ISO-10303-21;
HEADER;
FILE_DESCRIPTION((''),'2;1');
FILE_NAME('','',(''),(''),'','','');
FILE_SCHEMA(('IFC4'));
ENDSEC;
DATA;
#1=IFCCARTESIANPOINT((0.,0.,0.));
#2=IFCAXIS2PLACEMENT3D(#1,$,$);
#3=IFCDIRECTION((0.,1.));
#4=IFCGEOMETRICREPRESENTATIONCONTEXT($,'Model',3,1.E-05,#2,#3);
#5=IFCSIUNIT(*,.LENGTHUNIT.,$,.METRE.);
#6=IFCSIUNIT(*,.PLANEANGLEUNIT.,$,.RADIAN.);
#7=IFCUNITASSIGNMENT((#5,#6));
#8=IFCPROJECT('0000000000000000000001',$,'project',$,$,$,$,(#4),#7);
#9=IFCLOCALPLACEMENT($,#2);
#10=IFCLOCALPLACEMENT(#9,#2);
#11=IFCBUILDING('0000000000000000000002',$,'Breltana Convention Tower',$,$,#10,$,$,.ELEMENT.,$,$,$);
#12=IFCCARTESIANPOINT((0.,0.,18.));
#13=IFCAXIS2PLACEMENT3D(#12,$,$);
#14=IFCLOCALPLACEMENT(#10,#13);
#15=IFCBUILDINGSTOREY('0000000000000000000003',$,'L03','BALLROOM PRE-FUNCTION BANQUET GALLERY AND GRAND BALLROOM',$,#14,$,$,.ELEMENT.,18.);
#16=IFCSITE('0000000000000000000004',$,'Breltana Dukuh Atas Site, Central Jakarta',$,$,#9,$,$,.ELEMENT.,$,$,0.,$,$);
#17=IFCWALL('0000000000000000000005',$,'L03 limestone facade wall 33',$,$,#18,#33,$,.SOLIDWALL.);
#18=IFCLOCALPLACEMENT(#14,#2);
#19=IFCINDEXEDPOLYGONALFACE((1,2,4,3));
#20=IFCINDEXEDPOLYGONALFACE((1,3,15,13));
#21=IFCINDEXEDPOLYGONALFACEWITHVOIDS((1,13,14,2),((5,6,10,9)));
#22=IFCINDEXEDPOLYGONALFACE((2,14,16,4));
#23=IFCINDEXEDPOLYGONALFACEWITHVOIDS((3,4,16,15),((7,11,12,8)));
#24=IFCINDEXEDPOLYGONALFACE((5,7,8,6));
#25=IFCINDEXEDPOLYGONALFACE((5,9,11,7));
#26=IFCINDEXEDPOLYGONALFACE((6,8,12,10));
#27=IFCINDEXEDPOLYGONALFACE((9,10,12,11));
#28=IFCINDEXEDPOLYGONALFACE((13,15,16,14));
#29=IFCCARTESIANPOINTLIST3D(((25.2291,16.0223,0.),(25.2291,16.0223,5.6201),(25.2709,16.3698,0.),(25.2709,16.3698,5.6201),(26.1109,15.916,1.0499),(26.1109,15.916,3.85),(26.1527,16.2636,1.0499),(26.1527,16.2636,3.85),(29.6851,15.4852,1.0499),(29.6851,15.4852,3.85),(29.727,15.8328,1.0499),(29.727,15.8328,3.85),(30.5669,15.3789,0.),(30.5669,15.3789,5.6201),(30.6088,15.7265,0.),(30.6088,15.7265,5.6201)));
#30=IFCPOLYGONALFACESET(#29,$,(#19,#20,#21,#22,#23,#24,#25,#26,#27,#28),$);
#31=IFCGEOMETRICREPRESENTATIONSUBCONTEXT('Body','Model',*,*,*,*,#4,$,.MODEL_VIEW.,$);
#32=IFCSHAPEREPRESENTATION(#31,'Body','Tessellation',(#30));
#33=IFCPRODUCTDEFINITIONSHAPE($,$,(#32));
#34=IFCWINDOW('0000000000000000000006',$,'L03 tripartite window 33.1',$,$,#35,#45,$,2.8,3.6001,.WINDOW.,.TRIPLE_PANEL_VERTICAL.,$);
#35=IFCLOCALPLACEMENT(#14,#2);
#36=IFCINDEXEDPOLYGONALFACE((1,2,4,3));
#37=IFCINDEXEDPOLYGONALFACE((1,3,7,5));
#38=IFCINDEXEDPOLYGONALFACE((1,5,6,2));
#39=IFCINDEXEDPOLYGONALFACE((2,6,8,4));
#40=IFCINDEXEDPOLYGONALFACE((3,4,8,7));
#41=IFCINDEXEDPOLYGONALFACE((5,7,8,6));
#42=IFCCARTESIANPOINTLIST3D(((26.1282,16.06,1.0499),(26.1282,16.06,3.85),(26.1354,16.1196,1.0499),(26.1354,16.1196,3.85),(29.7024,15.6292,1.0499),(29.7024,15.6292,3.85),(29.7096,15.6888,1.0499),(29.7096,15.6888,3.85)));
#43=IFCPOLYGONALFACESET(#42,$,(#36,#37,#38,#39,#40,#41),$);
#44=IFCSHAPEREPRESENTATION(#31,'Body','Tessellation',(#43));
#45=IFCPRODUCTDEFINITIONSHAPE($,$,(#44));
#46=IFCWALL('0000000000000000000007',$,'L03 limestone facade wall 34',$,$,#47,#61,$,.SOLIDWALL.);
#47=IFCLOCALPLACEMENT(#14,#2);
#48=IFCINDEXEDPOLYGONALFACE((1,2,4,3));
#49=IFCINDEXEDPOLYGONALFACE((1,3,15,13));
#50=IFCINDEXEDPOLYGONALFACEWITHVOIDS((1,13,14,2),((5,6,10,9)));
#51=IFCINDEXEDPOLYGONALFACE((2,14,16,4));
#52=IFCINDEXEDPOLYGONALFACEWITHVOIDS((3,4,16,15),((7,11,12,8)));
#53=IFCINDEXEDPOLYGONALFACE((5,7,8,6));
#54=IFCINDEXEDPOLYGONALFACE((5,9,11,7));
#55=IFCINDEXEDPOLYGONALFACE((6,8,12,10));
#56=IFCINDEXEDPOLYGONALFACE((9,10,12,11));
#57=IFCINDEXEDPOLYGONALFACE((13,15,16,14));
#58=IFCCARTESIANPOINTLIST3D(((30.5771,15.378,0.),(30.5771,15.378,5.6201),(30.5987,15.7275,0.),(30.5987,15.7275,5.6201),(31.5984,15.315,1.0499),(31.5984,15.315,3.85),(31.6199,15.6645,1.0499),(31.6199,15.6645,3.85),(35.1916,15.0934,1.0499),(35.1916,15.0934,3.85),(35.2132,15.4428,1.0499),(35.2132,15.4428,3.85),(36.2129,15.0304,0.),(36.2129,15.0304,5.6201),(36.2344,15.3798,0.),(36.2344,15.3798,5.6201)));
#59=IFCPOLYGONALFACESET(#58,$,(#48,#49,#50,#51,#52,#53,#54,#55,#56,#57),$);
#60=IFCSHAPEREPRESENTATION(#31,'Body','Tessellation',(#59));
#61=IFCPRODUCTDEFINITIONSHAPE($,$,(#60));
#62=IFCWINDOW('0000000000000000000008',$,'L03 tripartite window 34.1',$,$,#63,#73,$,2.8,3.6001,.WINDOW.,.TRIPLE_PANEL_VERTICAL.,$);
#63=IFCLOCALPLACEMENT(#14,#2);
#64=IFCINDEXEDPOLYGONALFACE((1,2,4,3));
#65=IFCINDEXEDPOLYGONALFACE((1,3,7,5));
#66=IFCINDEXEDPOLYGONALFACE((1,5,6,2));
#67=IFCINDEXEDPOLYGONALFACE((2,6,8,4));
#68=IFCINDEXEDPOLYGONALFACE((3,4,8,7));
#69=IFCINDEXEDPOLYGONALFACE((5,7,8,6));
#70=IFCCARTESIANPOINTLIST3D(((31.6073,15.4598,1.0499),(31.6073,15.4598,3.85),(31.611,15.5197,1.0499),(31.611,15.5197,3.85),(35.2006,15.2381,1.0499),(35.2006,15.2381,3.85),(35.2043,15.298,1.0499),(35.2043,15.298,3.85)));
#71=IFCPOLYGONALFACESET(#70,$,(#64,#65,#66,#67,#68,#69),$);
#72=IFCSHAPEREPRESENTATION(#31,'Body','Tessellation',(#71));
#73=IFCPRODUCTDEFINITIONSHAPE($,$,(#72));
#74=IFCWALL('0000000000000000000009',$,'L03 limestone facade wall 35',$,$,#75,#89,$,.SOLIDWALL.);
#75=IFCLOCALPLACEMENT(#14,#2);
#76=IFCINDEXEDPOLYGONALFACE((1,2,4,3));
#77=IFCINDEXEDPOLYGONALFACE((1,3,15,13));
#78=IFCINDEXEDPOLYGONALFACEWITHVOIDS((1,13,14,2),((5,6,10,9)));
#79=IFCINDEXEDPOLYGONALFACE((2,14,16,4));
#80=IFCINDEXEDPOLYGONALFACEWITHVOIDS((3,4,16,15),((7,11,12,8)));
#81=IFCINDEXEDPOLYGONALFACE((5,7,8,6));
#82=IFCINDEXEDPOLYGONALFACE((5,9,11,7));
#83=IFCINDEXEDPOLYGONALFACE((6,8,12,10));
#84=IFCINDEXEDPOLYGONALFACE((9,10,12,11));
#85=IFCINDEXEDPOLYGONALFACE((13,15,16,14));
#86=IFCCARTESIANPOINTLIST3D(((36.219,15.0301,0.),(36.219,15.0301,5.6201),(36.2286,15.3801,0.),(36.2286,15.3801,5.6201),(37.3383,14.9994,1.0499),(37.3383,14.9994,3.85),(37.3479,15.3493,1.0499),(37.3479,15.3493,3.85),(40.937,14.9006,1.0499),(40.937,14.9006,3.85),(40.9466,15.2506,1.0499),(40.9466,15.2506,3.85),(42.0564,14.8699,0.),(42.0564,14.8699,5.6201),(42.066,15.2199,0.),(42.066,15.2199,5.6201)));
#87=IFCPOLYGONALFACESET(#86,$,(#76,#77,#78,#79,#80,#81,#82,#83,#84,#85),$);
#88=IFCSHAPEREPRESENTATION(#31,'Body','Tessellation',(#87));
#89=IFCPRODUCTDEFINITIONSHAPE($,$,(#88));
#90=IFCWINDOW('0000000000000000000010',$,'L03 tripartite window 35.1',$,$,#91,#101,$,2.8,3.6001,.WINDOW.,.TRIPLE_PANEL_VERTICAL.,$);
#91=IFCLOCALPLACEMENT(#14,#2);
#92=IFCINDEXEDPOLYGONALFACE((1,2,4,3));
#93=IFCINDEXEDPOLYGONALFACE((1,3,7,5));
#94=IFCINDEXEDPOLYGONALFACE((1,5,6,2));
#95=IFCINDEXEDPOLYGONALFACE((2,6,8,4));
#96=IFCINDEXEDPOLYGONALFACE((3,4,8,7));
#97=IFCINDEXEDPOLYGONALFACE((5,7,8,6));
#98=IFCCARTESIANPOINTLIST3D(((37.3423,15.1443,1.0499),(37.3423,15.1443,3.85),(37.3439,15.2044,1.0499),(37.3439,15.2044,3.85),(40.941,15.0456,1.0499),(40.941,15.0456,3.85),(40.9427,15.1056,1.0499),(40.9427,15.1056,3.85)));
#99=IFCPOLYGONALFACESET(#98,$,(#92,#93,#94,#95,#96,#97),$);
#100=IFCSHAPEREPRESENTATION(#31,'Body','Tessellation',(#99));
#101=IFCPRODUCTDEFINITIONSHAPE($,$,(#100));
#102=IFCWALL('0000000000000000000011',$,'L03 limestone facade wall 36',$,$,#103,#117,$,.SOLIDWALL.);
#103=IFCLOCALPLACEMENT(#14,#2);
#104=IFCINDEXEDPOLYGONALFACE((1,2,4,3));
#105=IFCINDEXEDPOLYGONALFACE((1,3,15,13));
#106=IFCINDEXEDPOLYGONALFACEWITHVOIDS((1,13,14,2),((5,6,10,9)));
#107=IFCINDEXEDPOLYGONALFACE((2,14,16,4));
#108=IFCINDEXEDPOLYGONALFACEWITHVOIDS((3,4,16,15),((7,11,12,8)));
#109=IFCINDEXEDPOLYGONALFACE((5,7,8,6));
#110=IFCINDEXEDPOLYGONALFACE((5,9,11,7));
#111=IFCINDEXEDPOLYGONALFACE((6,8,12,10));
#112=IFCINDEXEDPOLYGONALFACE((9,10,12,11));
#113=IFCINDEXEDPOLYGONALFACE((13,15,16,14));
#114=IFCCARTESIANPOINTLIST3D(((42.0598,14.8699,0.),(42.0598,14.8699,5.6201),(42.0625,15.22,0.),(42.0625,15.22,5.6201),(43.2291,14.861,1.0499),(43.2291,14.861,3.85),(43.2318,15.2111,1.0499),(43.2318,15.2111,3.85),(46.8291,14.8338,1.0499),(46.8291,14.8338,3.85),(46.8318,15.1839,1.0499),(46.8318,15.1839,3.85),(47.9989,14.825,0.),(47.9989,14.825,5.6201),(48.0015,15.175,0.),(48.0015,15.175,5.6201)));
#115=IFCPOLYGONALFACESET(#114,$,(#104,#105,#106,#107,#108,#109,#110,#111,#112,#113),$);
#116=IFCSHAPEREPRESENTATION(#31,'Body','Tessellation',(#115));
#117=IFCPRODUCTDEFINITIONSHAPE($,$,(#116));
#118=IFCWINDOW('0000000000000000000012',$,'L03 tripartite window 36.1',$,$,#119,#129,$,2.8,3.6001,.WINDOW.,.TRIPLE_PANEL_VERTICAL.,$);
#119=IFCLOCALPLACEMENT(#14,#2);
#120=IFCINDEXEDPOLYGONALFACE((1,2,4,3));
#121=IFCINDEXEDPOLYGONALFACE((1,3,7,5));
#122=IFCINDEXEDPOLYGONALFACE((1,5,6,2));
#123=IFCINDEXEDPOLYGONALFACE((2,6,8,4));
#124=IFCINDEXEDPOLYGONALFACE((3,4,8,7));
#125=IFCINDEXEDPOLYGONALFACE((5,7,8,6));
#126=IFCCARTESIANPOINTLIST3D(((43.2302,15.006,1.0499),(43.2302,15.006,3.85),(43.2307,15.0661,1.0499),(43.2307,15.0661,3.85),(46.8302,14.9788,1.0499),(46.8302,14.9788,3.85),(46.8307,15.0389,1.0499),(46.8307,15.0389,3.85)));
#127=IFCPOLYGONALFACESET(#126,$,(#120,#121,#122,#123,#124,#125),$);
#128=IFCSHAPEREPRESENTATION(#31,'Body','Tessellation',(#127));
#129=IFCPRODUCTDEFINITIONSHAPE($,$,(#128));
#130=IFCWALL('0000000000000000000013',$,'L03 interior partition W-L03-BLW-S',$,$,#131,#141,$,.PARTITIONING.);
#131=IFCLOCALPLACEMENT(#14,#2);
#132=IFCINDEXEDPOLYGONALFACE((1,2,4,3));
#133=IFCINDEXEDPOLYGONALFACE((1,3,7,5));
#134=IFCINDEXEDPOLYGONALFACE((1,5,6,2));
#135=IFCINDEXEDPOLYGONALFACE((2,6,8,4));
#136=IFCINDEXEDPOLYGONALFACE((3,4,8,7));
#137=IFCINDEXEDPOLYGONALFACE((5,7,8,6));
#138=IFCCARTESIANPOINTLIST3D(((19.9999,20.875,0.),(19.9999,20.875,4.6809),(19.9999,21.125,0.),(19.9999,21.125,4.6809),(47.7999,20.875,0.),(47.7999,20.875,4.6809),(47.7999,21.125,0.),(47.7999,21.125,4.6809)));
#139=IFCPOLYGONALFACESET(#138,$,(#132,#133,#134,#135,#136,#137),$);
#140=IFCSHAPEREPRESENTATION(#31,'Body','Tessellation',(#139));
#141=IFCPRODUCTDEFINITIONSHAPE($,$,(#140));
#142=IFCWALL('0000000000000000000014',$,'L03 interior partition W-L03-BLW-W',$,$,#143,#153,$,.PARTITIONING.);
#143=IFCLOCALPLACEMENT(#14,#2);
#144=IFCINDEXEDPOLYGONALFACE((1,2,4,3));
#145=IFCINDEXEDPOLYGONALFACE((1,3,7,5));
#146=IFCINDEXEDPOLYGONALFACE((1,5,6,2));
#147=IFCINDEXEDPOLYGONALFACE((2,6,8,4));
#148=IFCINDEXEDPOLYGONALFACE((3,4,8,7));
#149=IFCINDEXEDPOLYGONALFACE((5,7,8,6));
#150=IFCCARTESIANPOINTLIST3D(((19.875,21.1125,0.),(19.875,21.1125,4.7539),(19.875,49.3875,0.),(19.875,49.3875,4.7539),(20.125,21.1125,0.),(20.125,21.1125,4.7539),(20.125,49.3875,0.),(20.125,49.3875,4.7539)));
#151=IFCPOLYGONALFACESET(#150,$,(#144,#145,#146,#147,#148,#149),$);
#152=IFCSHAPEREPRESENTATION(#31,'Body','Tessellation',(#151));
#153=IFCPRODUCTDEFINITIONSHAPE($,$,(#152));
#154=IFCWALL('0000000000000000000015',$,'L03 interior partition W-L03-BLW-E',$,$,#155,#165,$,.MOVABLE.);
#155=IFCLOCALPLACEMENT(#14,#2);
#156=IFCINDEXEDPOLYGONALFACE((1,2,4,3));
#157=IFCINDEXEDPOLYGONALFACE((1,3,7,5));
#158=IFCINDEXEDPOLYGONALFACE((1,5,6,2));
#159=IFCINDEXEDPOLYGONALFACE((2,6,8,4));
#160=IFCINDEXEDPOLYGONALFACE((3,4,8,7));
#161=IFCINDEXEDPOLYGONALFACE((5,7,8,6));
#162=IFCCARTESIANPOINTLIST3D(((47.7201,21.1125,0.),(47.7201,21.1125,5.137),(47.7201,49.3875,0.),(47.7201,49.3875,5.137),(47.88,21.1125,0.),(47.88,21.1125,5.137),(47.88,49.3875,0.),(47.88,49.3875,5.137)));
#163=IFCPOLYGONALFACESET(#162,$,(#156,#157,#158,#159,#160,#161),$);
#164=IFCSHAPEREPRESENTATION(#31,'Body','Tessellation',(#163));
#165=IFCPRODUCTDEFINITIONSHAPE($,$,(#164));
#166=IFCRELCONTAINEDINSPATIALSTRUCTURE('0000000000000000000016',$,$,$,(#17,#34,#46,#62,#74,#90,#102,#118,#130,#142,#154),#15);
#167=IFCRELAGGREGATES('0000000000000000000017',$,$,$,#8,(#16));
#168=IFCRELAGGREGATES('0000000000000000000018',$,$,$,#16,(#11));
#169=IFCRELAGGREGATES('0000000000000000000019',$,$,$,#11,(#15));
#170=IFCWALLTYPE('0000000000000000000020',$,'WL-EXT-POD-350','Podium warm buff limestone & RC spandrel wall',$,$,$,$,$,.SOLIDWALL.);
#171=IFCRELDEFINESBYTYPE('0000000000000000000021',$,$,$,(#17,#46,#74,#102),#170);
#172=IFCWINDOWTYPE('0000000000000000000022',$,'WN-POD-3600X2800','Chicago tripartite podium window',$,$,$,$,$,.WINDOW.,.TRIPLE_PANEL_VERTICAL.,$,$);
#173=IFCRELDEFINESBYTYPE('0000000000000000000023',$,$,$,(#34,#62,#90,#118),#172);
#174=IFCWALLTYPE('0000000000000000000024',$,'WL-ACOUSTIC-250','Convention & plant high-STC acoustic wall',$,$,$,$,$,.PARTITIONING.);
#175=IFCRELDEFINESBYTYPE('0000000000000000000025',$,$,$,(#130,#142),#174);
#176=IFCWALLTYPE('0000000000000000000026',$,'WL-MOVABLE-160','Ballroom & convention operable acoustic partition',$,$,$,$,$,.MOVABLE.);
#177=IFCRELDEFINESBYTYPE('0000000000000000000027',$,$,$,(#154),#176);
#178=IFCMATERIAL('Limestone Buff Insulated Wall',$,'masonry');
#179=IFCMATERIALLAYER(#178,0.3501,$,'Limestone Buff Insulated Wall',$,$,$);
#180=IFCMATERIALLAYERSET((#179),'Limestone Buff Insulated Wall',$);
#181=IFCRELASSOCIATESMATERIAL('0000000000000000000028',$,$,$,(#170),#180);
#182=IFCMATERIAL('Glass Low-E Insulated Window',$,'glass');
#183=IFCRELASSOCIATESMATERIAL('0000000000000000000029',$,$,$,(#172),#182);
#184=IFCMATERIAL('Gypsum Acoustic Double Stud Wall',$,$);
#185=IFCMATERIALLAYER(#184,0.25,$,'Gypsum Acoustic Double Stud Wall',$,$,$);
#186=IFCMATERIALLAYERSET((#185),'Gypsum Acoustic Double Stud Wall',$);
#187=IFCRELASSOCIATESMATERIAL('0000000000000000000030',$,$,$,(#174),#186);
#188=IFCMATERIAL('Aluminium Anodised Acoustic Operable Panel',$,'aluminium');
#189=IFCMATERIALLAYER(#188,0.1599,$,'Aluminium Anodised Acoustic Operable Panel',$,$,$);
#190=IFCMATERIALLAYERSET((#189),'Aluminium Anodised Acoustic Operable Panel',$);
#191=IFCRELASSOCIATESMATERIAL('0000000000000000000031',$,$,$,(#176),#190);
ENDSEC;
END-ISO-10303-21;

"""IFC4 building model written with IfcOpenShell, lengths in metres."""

from ifc_helpers import new_model, si_unit, direction, frame, frame_2d, origin, place, context, subcontext, project, spatial, rectangle, extrude, source, transform, mapped, material, layer, layer_set, type_object, type_shapes, element, fill, save


model = new_model("IFC4")

# Units and contexts
model_context = context("Model", 3, precision=1e-05, world=origin(), true_north=direction((0.0, 1.0)))
body_context = subcontext(model_context, "Body", "Model", "MODEL_VIEW")
ifc_project = project(units=[si_unit("LENGTHUNIT", "METRE"), si_unit("PLANEANGLEUNIT", "RADIAN")], contexts=[model_context])

# Site, building, storey
site_placement = place(None, origin())
site = spatial("IfcSite", under=ifc_project, at=site_placement, Name="Breltana Dukuh Atas Site, Central Jakarta", CompositionType="ELEMENT", RefElevation=0.0)
building_placement = place(site_placement, origin())
building = spatial("IfcBuilding", under=site, at=building_placement, Name="Breltana Convention Tower", CompositionType="ELEMENT")
storey_placement = place(building_placement, frame((0.0, 0.0, 18.0)))
storey = spatial("IfcBuildingStorey", under=building, at=storey_placement, Name="L03", Description="BALLROOM PRE-FUNCTION BANQUET GALLERY AND GRAND BALLROOM", CompositionType="ELEMENT", Elevation=18.0)

# Shared definitions
ifc_material_1 = material(Name="Limestone Buff Insulated Wall", Category="masonry")
ifc_layer_1 = layer(ifc_material_1, 0.3501, Name="Limestone Buff Insulated Wall")
ifc_layer_set_1 = layer_set([ifc_layer_1], Name="Limestone Buff Insulated Wall")
wall_type_1 = type_object("IfcWallType", Name="WL-EXT-POD-350", Description="Podium warm buff limestone & RC spandrel wall", PredefinedType="SOLIDWALL", material=ifc_layer_set_1)

# Walls, openings, windows
ifc_material_2 = material(Name="Glass Low-E Insulated Window", Category="glass")
shared_shape_1 = source(origin(), body_context, "Body", "SweptSolid", [
    extrude(rectangle(XDim=5.3765, YDim=0.3501, at=frame_2d((2.6882, 0.0))), origin(), (0.0, 0.0, 1.0), 5.6201),
])
wall_1_placement = place(storey_placement, frame((25.25, 16.196, 0.0), z_axis=(0.0, 0.0, 1.0), x_axis=(0.992816, -0.119652, 0.0)))
wall_1 = element("IfcWall", 1, at=wall_1_placement, inside=storey, type_object=wall_type_1, Name="L03 limestone facade wall 33", PredefinedType="SOLIDWALL", context=body_context, shape_type="MappedRepresentation", body=[
    mapped(shared_shape_1, transform((0.0, 0.0, 0.0), scale=1.0)),
])
opening_1_placement = place(wall_1_placement, frame((0.8882, 0.0, 1.05)))
opening_1 = element("IfcOpeningElement", 2, at=opening_1_placement, cuts=wall_1, PredefinedType="OPENING", context=body_context, shape_type="SweptSolid", body=[
    extrude(rectangle(XDim=3.6001, YDim=2.8, at=frame_2d((1.8, 1.3999))), frame((0.0, 0.1851, 0.0), z_axis=(0.0, -1.0, 0.0), x_axis=(1.0, 0.0, 0.0)), (0.0, 0.0, 1.0), 0.3701),
])
window_type_1 = type_object("IfcWindowType", Name="WN-POD-3600X2800", Description="Chicago tripartite podium window", PartitioningType="TRIPLE_PANEL_VERTICAL", PredefinedType="WINDOW", material=ifc_material_2)
shared_shape_2 = source(origin(), body_context, "Body", "SweptSolid", [
    extrude(rectangle(XDim=3.6001, YDim=2.8, at=frame_2d((1.8, 1.3999))), frame((0.0, 0.03, 0.0), z_axis=(0.0, -1.0, 0.0), x_axis=(1.0, 0.0, 0.0)), (0.0, 0.0, 1.0), 0.0601),
])
type_shapes(window_type_1, [shared_shape_2])
window_1_placement = place(opening_1_placement, origin())
window_1 = element("IfcWindow", 3, at=window_1_placement, inside=storey, type_object=window_type_1, Name="L03 tripartite window 33.1", OverallHeight=2.8, OverallWidth=3.6001, PartitioningType="TRIPLE_PANEL_VERTICAL", PredefinedType="WINDOW", context=body_context, shape_type="MappedRepresentation", body=[
    mapped(shared_shape_2, transform((0.0, 0.0, 0.0), scale=1.0)),
])
fill(opening_1, window_1)
shared_shape_3 = source(origin(), body_context, "Body", "SweptSolid", [
    extrude(rectangle(XDim=5.6465, YDim=0.3501, at=frame_2d((2.8232, 0.0))), origin(), (0.0, 0.0, 1.0), 5.6201),
])
wall_2_placement = place(storey_placement, frame((30.5879, 15.5527, 0.0), z_axis=(0.0, 0.0, 1.0), x_axis=(0.998103, -0.061571, 0.0)))
wall_2 = element("IfcWall", 4, at=wall_2_placement, inside=storey, type_object=wall_type_1, Name="L03 limestone facade wall 34", PredefinedType="SOLIDWALL", context=body_context, shape_type="MappedRepresentation", body=[
    mapped(shared_shape_3, transform((0.0, 0.0, 0.0), scale=1.0)),
])
opening_2_placement = place(wall_2_placement, frame((1.0232, 0.0, 1.05)))
opening_2 = element("IfcOpeningElement", 5, at=opening_2_placement, cuts=wall_2, PredefinedType="OPENING", context=body_context, shape_type="SweptSolid", body=[
    extrude(rectangle(XDim=3.6001, YDim=2.8, at=frame_2d((1.8, 1.3999))), frame((0.0, 0.1851, 0.0), z_axis=(0.0, -1.0, 0.0), x_axis=(1.0, 0.0, 0.0)), (0.0, 0.0, 1.0), 0.3701),
])
window_2_placement = place(opening_2_placement, origin())
window_2 = element("IfcWindow", 6, at=window_2_placement, inside=storey, type_object=window_type_1, Name="L03 tripartite window 34.1", OverallHeight=2.8, OverallWidth=3.6001, PartitioningType="TRIPLE_PANEL_VERTICAL", PredefinedType="WINDOW", context=body_context, shape_type="MappedRepresentation", body=[
    mapped(shared_shape_2, transform((0.0, 0.0, 0.0), scale=1.0)),
])
fill(opening_2, window_2)
shared_shape_4 = source(origin(), body_context, "Body", "SweptSolid", [
    extrude(rectangle(XDim=5.8396, YDim=0.3501, at=frame_2d((2.9199, 0.0))), origin(), (0.0, 0.0, 1.0), 5.6201),
])
wall_3_placement = place(storey_placement, frame((36.2236, 15.2051, 0.0), z_axis=(0.0, 0.0, 1.0), x_axis=(0.999624, -0.027426, 0.0)))
wall_3 = element("IfcWall", 7, at=wall_3_placement, inside=storey, type_object=wall_type_1, Name="L03 limestone facade wall 35", PredefinedType="SOLIDWALL", context=body_context, shape_type="MappedRepresentation", body=[
    mapped(shared_shape_4, transform((0.0, 0.0, 0.0), scale=1.0)),
])
opening_3_placement = place(wall_3_placement, frame((1.1199, 0.0, 1.05)))
opening_3 = element("IfcOpeningElement", 8, at=opening_3_placement, cuts=wall_3, PredefinedType="OPENING", context=body_context, shape_type="SweptSolid", body=[
    extrude(rectangle(XDim=3.6001, YDim=2.8, at=frame_2d((1.8, 1.3999))), frame((0.0, 0.1851, 0.0), z_axis=(0.0, -1.0, 0.0), x_axis=(1.0, 0.0, 0.0)), (0.0, 0.0, 1.0), 0.3701),
])
window_3_placement = place(opening_3_placement, origin())
window_3 = element("IfcWindow", 9, at=window_3_placement, inside=storey, type_object=window_type_1, Name="L03 tripartite window 35.1", OverallHeight=2.8, OverallWidth=3.6001, PartitioningType="TRIPLE_PANEL_VERTICAL", PredefinedType="WINDOW", context=body_context, shape_type="MappedRepresentation", body=[
    mapped(shared_shape_2, transform((0.0, 0.0, 0.0), scale=1.0)),
])
fill(opening_3, window_3)
shared_shape_5 = source(origin(), body_context, "Body", "SweptSolid", [
    extrude(rectangle(XDim=5.9392, YDim=0.3501, at=frame_2d((2.9697, 0.0))), origin(), (0.0, 0.0, 1.0), 5.6201),
])
wall_4_placement = place(storey_placement, frame((42.061, 15.0449, 0.0), z_axis=(0.0, 0.0, 1.0), x_axis=(0.999971, -0.007564, 0.0)))
wall_4 = element("IfcWall", 10, at=wall_4_placement, inside=storey, type_object=wall_type_1, Name="L03 limestone facade wall 36", PredefinedType="SOLIDWALL", context=body_context, shape_type="MappedRepresentation", body=[
    mapped(shared_shape_5, transform((0.0, 0.0, 0.0), scale=1.0)),
])
opening_4_placement = place(wall_4_placement, frame((1.1694, 0.0, 1.05)))
opening_4 = element("IfcOpeningElement", 11, at=opening_4_placement, cuts=wall_4, PredefinedType="OPENING", context=body_context, shape_type="SweptSolid", body=[
    extrude(rectangle(XDim=3.6001, YDim=2.8, at=frame_2d((1.8, 1.3999))), frame((0.0, 0.1851, 0.0), z_axis=(0.0, -1.0, 0.0), x_axis=(1.0, 0.0, 0.0)), (0.0, 0.0, 1.0), 0.3701),
])
window_4_placement = place(opening_4_placement, origin())
window_4 = element("IfcWindow", 12, at=window_4_placement, inside=storey, type_object=window_type_1, Name="L03 tripartite window 36.1", OverallHeight=2.8, OverallWidth=3.6001, PartitioningType="TRIPLE_PANEL_VERTICAL", PredefinedType="WINDOW", context=body_context, shape_type="MappedRepresentation", body=[
    mapped(shared_shape_2, transform((0.0, 0.0, 0.0), scale=1.0)),
])
fill(opening_4, window_4)

# Walls
ifc_material_3 = material(Name="Gypsum Acoustic Double Stud Wall")
ifc_layer_2 = layer(ifc_material_3, 0.25, Name="Gypsum Acoustic Double Stud Wall")
ifc_layer_set_2 = layer_set([ifc_layer_2], Name="Gypsum Acoustic Double Stud Wall")
wall_type_2 = type_object("IfcWallType", Name="WL-ACOUSTIC-250", Description="Convention & plant high-STC acoustic wall", PredefinedType="PARTITIONING", material=ifc_layer_set_2)
shared_shape_6 = source(origin(), body_context, "Body", "SweptSolid", [
    extrude(rectangle(XDim=27.8, YDim=0.25, at=frame_2d((13.8999, 0.0))), origin(), (0.0, 0.0, 1.0), 4.6809),
])
wall_5_placement = place(storey_placement, frame((20.0, 21.0, 0.0), z_axis=(0.0, 0.0, 1.0), x_axis=(1.0, 0.0, 0.0)))
element("IfcWall", 13, at=wall_5_placement, inside=storey, type_object=wall_type_2, Name="L03 interior partition W-L03-BLW-S", PredefinedType="PARTITIONING", context=body_context, shape_type="MappedRepresentation", body=[
    mapped(shared_shape_6, transform((0.0, 0.0, 0.0), scale=1.0)),
])
shared_shape_7 = source(origin(), body_context, "Body", "SweptSolid", [
    extrude(rectangle(XDim=28.2749, YDim=0.25, at=frame_2d((14.1375, 0.0))), origin(), (0.0, 0.0, 1.0), 4.7539),
])
wall_6_placement = place(storey_placement, frame((20.0, 21.1125, 0.0), z_axis=(0.0, 0.0, 1.0), x_axis=(0.0, 1.0, 0.0)))
element("IfcWall", 14, at=wall_6_placement, inside=storey, type_object=wall_type_2, Name="L03 interior partition W-L03-BLW-W", PredefinedType="PARTITIONING", context=body_context, shape_type="MappedRepresentation", body=[
    mapped(shared_shape_7, transform((0.0, 0.0, 0.0), scale=1.0)),
])
ifc_material_4 = material(Name="Aluminium Anodised Acoustic Operable Panel", Category="aluminium")
ifc_layer_3 = layer(ifc_material_4, 0.1599, Name="Aluminium Anodised Acoustic Operable Panel")
ifc_layer_set_3 = layer_set([ifc_layer_3], Name="Aluminium Anodised Acoustic Operable Panel")
wall_type_3 = type_object("IfcWallType", Name="WL-MOVABLE-160", Description="Ballroom & convention operable acoustic partition", PredefinedType="MOVABLE", material=ifc_layer_set_3)
shared_shape_8 = source(origin(), body_context, "Body", "SweptSolid", [
    extrude(rectangle(XDim=28.2749, YDim=0.1599, at=frame_2d((14.1375, 0.0))), origin(), (0.0, 0.0, 1.0), 5.137),
])
wall_7_placement = place(storey_placement, frame((47.8, 21.1125, 0.0), z_axis=(0.0, 0.0, 1.0), x_axis=(0.0, 1.0, 0.0)))
element("IfcWall", 15, at=wall_7_placement, inside=storey, type_object=wall_type_3, Name="L03 interior partition W-L03-BLW-E", PredefinedType="MOVABLE", context=body_context, shape_type="MappedRepresentation", body=[
    mapped(shared_shape_8, transform((0.0, 0.0, 0.0), scale=1.0)),
])

save(model, "model.ifc")
